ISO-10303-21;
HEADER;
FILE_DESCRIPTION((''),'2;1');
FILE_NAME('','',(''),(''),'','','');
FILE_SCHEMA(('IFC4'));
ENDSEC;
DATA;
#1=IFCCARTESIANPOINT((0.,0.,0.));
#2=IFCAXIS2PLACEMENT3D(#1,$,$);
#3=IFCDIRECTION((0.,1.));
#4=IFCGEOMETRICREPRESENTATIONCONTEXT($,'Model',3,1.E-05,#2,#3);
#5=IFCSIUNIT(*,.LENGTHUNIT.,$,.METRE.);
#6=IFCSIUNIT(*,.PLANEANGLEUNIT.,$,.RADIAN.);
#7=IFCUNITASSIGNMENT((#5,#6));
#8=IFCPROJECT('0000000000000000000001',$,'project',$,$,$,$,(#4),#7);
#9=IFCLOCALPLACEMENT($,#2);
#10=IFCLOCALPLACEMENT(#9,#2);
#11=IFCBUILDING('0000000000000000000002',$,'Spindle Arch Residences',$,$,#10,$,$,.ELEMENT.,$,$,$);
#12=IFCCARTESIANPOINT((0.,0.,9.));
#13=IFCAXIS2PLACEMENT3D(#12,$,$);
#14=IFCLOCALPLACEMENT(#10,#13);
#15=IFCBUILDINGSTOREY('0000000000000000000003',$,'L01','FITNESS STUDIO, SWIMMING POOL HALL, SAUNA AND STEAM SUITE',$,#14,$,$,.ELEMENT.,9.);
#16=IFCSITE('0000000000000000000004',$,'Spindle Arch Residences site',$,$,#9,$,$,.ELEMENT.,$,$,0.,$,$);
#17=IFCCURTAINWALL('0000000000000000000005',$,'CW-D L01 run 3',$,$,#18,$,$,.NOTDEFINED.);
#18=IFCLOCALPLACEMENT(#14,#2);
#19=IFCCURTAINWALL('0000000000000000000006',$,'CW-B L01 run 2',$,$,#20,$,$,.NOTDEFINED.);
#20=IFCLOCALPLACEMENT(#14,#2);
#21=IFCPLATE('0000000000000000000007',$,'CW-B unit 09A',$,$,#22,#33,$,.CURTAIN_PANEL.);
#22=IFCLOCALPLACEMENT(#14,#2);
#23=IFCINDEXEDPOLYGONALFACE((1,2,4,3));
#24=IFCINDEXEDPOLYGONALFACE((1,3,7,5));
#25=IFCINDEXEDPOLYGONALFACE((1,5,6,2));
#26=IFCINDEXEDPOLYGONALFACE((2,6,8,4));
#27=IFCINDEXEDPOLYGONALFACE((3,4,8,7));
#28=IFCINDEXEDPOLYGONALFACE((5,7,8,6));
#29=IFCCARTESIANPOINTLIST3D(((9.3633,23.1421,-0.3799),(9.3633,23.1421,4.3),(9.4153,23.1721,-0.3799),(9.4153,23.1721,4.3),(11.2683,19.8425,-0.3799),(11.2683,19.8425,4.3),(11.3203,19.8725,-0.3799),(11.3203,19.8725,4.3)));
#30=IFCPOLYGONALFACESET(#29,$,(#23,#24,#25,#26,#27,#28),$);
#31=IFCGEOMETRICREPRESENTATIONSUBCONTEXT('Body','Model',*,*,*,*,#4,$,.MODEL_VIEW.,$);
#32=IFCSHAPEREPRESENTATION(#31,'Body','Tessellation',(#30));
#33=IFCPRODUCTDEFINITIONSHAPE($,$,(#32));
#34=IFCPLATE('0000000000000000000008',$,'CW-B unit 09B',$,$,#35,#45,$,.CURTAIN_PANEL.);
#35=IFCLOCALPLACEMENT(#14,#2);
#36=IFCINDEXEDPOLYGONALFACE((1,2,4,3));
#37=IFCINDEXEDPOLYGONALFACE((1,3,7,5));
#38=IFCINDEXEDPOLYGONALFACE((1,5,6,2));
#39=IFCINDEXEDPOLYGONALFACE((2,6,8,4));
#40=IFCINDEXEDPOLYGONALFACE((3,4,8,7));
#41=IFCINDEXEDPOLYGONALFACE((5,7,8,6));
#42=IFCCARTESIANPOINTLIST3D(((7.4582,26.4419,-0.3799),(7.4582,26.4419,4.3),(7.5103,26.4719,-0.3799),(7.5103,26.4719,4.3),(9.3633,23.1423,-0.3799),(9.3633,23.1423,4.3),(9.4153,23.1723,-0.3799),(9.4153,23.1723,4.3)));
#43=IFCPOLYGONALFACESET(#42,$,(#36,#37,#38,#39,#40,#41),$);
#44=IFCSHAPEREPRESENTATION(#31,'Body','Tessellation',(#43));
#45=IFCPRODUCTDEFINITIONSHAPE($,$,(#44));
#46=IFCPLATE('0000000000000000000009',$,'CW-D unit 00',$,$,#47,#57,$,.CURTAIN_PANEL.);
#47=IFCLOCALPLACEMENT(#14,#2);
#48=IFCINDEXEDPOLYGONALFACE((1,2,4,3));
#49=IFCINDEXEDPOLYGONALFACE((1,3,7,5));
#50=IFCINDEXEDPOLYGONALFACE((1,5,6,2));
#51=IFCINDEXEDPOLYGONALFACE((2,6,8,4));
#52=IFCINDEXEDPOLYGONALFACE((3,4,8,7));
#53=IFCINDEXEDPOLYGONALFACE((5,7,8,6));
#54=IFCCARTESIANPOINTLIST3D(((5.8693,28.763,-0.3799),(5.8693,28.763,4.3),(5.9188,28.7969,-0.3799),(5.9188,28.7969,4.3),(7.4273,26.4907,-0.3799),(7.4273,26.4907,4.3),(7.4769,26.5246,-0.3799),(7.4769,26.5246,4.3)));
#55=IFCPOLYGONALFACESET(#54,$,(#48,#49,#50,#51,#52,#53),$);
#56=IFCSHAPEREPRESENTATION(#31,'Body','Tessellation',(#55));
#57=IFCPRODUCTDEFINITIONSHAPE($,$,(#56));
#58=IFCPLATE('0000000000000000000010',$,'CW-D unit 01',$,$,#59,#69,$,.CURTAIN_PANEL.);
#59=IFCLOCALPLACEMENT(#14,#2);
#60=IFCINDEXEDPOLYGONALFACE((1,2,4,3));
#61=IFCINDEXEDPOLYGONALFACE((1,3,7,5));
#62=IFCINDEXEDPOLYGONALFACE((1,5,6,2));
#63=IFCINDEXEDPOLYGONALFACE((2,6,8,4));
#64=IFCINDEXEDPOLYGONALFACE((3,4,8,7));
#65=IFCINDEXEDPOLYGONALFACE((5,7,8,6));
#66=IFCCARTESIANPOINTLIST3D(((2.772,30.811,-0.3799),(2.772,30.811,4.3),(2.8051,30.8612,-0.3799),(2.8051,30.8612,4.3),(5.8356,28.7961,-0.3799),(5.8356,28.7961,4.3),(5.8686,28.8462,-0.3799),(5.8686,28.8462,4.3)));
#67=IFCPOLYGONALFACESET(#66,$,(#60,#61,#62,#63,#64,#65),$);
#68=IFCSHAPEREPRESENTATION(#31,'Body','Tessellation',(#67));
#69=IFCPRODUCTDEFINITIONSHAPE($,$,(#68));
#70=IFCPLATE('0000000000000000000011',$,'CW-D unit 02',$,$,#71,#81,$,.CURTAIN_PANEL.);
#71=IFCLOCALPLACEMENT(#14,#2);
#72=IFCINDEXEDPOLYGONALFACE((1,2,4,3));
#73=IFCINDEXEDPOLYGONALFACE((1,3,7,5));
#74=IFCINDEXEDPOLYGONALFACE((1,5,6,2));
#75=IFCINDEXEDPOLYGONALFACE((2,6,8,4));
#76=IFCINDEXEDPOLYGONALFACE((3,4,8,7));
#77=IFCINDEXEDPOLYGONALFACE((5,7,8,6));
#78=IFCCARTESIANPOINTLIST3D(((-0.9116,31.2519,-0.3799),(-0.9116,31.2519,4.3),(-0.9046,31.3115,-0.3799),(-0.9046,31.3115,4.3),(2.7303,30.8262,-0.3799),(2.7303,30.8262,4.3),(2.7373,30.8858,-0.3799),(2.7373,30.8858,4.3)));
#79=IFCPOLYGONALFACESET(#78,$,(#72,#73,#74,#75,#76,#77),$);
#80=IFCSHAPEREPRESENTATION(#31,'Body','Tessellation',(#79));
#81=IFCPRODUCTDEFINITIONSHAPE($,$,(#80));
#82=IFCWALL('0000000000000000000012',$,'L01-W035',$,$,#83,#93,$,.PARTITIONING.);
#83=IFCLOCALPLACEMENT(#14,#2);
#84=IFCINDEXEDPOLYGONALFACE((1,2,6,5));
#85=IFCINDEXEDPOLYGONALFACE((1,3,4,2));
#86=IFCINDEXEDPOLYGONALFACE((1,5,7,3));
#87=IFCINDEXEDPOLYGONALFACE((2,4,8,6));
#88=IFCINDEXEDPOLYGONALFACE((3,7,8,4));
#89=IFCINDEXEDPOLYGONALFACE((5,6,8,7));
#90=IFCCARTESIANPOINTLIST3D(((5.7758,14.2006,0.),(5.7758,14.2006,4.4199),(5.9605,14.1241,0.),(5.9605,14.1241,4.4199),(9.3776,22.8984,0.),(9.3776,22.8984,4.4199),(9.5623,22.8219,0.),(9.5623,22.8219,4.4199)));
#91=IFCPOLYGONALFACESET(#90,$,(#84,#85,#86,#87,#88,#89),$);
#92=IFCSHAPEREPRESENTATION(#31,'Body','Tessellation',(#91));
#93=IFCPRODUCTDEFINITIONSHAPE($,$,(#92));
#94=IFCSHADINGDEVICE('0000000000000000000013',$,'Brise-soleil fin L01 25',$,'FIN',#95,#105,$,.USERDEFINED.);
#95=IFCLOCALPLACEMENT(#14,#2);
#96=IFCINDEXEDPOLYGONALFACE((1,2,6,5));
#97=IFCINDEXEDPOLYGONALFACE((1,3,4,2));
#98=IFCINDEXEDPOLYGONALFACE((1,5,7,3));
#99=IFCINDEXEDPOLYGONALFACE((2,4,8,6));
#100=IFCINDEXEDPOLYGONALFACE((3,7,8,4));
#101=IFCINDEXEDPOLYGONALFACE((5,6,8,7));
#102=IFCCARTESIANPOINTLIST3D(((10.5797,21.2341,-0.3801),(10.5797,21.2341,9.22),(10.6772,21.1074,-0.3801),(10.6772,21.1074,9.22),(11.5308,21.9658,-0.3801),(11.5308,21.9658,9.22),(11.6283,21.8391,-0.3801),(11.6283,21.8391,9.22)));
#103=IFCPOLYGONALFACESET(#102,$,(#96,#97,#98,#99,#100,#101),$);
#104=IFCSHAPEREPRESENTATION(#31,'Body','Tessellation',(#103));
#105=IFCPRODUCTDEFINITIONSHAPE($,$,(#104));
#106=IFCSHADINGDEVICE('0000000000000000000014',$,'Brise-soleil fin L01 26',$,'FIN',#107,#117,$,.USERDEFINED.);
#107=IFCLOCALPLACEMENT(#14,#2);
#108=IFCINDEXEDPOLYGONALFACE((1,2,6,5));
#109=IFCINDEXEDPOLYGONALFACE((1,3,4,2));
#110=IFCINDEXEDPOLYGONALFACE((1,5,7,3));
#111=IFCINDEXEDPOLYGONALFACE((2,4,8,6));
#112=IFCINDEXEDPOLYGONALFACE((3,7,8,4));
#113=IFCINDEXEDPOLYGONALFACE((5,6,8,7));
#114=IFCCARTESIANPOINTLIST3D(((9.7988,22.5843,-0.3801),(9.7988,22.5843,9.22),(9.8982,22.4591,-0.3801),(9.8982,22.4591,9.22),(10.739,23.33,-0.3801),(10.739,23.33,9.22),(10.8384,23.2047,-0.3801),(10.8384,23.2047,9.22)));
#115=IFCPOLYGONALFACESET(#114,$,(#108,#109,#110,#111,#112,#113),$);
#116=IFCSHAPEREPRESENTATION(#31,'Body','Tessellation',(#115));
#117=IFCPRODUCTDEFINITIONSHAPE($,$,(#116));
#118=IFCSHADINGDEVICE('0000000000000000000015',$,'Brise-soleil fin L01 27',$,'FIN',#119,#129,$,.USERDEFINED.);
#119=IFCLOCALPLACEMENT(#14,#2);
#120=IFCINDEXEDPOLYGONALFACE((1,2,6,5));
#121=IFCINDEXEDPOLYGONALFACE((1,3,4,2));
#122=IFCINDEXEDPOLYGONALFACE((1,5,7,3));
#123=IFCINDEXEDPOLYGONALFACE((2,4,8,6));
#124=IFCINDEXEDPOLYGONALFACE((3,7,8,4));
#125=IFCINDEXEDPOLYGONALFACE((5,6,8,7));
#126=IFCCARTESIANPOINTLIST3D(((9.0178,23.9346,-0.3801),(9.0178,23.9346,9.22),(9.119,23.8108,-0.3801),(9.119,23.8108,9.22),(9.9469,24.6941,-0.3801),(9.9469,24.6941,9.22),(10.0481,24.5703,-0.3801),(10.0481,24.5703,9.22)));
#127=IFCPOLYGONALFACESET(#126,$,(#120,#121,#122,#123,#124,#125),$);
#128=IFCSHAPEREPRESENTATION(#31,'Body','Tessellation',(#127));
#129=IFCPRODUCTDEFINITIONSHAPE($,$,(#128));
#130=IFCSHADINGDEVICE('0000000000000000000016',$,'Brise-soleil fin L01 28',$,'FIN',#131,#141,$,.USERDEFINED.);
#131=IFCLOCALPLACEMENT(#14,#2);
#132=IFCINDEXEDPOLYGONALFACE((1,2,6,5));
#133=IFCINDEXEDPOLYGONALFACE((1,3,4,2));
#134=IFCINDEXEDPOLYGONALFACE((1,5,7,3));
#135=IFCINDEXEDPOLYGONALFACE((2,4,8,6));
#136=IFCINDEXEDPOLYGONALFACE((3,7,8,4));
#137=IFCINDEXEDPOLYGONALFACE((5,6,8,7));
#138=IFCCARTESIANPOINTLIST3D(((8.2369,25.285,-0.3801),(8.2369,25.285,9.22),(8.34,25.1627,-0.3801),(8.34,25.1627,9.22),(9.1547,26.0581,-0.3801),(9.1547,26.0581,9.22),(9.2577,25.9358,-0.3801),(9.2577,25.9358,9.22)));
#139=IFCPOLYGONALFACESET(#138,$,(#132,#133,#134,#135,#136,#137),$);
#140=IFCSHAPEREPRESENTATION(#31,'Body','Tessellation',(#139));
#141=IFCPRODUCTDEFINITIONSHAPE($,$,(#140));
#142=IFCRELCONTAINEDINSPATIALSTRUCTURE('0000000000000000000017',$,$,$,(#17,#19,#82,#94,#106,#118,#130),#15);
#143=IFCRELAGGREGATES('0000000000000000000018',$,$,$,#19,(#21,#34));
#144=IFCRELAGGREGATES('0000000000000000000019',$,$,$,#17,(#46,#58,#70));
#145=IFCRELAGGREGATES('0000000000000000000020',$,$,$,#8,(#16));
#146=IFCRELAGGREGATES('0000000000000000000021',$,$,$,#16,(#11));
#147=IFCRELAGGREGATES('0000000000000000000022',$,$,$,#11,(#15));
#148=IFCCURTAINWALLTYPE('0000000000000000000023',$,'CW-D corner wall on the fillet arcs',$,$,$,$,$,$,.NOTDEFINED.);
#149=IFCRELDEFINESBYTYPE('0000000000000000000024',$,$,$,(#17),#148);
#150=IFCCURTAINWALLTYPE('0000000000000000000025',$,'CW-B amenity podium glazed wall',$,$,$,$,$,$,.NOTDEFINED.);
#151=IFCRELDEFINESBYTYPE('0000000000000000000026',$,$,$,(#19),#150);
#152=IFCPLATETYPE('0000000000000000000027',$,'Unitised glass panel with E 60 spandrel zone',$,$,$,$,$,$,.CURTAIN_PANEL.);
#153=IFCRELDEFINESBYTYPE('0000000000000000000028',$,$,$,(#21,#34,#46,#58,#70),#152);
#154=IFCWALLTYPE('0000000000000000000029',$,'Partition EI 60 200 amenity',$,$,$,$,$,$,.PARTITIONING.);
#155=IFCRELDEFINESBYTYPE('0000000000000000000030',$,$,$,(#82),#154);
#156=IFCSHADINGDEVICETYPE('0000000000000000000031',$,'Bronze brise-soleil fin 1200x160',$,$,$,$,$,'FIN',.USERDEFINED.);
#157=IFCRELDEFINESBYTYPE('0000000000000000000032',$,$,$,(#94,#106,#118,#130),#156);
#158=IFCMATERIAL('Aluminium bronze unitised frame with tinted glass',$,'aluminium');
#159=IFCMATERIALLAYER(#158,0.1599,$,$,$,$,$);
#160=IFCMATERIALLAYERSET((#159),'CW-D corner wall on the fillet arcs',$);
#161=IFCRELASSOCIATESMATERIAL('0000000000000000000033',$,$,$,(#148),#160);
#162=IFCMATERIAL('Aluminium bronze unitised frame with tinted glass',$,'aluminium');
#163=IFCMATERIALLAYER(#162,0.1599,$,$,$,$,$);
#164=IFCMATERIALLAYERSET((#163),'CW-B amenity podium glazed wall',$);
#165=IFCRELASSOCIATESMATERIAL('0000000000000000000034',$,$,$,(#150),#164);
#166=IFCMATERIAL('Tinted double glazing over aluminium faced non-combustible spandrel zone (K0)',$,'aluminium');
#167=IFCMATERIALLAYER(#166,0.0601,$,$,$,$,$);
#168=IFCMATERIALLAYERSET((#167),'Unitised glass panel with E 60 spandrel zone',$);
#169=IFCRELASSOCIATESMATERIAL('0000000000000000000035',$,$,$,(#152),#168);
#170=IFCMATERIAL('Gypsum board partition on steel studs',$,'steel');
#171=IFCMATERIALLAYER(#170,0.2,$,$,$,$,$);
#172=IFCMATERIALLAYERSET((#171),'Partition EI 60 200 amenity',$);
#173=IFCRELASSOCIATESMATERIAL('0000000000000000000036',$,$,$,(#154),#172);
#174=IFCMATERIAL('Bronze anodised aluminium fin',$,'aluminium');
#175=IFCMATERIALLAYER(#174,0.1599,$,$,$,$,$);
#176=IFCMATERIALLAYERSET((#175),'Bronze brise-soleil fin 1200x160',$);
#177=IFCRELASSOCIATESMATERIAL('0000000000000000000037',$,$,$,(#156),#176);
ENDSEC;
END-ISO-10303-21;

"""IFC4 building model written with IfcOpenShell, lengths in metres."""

from ifc_helpers import new_model, si_unit, direction, frame, frame_2d, origin, origin_2d, place, context, subcontext, project, spatial, rectangle, extrude, material, layer, layer_set, type_object, element, aggregate, save


model = new_model("IFC4")

# Units and contexts
model_context = context("Model", 3, precision=1e-05, world=origin(), true_north=direction((0.0, 1.0)))
body_context = subcontext(model_context, "Body", "Model", "MODEL_VIEW")
ifc_project = project(units=[si_unit("LENGTHUNIT", "METRE"), si_unit("PLANEANGLEUNIT", "RADIAN")], contexts=[model_context])

# Site, building, storey
site_placement = place(None, origin())
site = spatial("IfcSite", under=ifc_project, at=site_placement, Name="Spindle Arch Residences site", CompositionType="ELEMENT", RefElevation=0.0)
building_placement = place(site_placement, origin())
building = spatial("IfcBuilding", under=site, at=building_placement, Name="Spindle Arch Residences", CompositionType="ELEMENT")
storey_placement = place(building_placement, frame((0.0, 0.0, 9.0)))
storey = spatial("IfcBuildingStorey", under=building, at=storey_placement, Name="L01", Description="FITNESS STUDIO, SWIMMING POOL HALL, SAUNA AND STEAM SUITE", CompositionType="ELEMENT", Elevation=9.0)

# Curtain wall
ifc_material_1 = material(Name="Aluminium bronze unitised frame with tinted glass", Category="aluminium")
ifc_layer_1 = layer(ifc_material_1, 0.1599)
ifc_layer_set_1 = layer_set([ifc_layer_1], Name="CW-D corner wall on the fillet arcs")
curtain_wall_type_1 = type_object("IfcCurtainWallType", Name="CW-D corner wall on the fillet arcs", PredefinedType="NOTDEFINED", material=ifc_layer_set_1)
curtain_wall_1_placement = place(storey_placement, origin())
curtain_wall_1 = element("IfcCurtainWall", 1, at=curtain_wall_1_placement, inside=storey, type_object=curtain_wall_type_1, Name="CW-D L01 run 3", PredefinedType="NOTDEFINED")

# Curtain wall, plates
ifc_material_2 = material(Name="Aluminium bronze unitised frame with tinted glass", Category="aluminium")
ifc_layer_2 = layer(ifc_material_2, 0.1599)
ifc_layer_set_2 = layer_set([ifc_layer_2], Name="CW-B amenity podium glazed wall")
curtain_wall_type_2 = type_object("IfcCurtainWallType", Name="CW-B amenity podium glazed wall", PredefinedType="NOTDEFINED", material=ifc_layer_set_2)
curtain_wall_2_placement = place(storey_placement, origin())
curtain_wall_2 = element("IfcCurtainWall", 2, at=curtain_wall_2_placement, inside=storey, type_object=curtain_wall_type_2, Name="CW-B L01 run 2", PredefinedType="NOTDEFINED")
ifc_material_3 = material(Name="Tinted double glazing over aluminium faced non-combustible spandrel zone (K0)", Category="aluminium")
ifc_layer_3 = layer(ifc_material_3, 0.0601)
ifc_layer_set_3 = layer_set([ifc_layer_3], Name="Unitised glass panel with E 60 spandrel zone")
plate_type = type_object("IfcPlateType", Name="Unitised glass panel with E 60 spandrel zone", PredefinedType="CURTAIN_PANEL", material=ifc_layer_set_3)
plate_1_placement = place(storey_placement, frame((10.3418, 21.5073, -0.3799), z_axis=(0.0, 0.0, 1.0), x_axis=(-0.5, 0.866025, 0.0)))
plate_1 = element("IfcPlate", 3, at=plate_1_placement, type_object=plate_type, Name="CW-B unit 09A", PredefinedType="CURTAIN_PANEL", context=body_context, shape_type="SweptSolid", body=[
    extrude(rectangle(XDim=3.8101, YDim=0.0601, at=origin_2d()), origin(), (0.0, 0.0, 1.0), 4.6799),
])
plate_2_placement = place(storey_placement, frame((8.4368, 24.8071, -0.3799), z_axis=(0.0, 0.0, 1.0), x_axis=(-0.5, 0.866025, 0.0)))
plate_2 = element("IfcPlate", 4, at=plate_2_placement, type_object=plate_type, Name="CW-B unit 09B", PredefinedType="CURTAIN_PANEL", context=body_context, shape_type="SweptSolid", body=[
    extrude(rectangle(XDim=3.8101, YDim=0.0601, at=origin_2d()), origin(), (0.0, 0.0, 1.0), 4.6799),
])
aggregate(curtain_wall_2, [plate_1, plate_2])

# Plates
plate_3_placement = place(storey_placement, frame((6.6731, 27.6438, -0.3799), z_axis=(0.0, 0.0, 1.0), x_axis=(-0.565501, 0.824748, 0.0)))
plate_3 = element("IfcPlate", 5, at=plate_3_placement, type_object=plate_type, Name="CW-D unit 00", PredefinedType="CURTAIN_PANEL", context=body_context, shape_type="SweptSolid", body=[
    extrude(rectangle(XDim=2.7551, YDim=0.0601, at=origin_2d()), origin(), (0.0, 0.0, 1.0), 4.6799),
])
plate_4_placement = place(storey_placement, frame((4.3203, 29.8286, -0.3799), z_axis=(0.0, 0.0, 1.0), x_axis=(-0.835488, 0.549509, 0.0)))
plate_4 = element("IfcPlate", 6, at=plate_4_placement, type_object=plate_type, Name="CW-D unit 01", PredefinedType="CURTAIN_PANEL", context=body_context, shape_type="SweptSolid", body=[
    extrude(rectangle(XDim=3.6667, YDim=0.0601, at=origin_2d()), origin(), (0.0, 0.0, 1.0), 4.6799),
])
plate_5_placement = place(storey_placement, frame((0.9128, 31.0688, -0.3799), z_axis=(0.0, 0.0, 1.0), x_axis=(-0.993238, 0.116093, 0.0)))
plate_5 = element("IfcPlate", 7, at=plate_5_placement, type_object=plate_type, Name="CW-D unit 02", PredefinedType="CURTAIN_PANEL", context=body_context, shape_type="SweptSolid", body=[
    extrude(rectangle(XDim=3.6667, YDim=0.0601, at=origin_2d()), origin(), (0.0, 0.0, 1.0), 4.6799),
])
aggregate(curtain_wall_1, [plate_3, plate_4, plate_5])

# Wall
ifc_material_4 = material(Name="Gypsum board partition on steel studs", Category="steel")
ifc_layer_4 = layer(ifc_material_4, 0.2)
ifc_layer_set_4 = layer_set([ifc_layer_4], Name="Partition EI 60 200 amenity")
wall_type = type_object("IfcWallType", Name="Partition EI 60 200 amenity", PredefinedType="PARTITIONING", material=ifc_layer_set_4)
wall_placement = place(storey_placement, frame((9.47, 22.8601, 0.0), z_axis=(0.0, 0.0, 1.0), x_axis=(-0.3826, -0.923914, 0.0)))
element("IfcWall", 8, at=wall_placement, inside=storey, type_object=wall_type, Name="L01-W035", PredefinedType="PARTITIONING", context=body_context, shape_type="SweptSolid", body=[
    extrude(rectangle(XDim=9.4141, YDim=0.2, at=frame_2d((4.707, 0.0))), origin(), (0.0, 0.0, 1.0), 4.4199),
])

# Shading devices
ifc_material_5 = material(Name="Bronze anodised aluminium fin", Category="aluminium")
ifc_layer_5 = layer(ifc_material_5, 0.1599)
ifc_layer_set_5 = layer_set([ifc_layer_5], Name="Bronze brise-soleil fin 1200x160")
shading_device_type = type_object("IfcShadingDeviceType", Name="Bronze brise-soleil fin 1200x160", ElementType="FIN", PredefinedType="USERDEFINED", material=ifc_layer_set_5)
for number, where, z_axis, x_axis, name in (
    (9, (11.104, 21.5366, -0.3801), (0.0, 0.0, 1.0), (0.792583, 0.609764, 0.0), "Brise-soleil fin L01 25"),
    (10, (10.3186, 22.8945, -0.3801), (0.0, 0.0, 1.0), (0.78349, 0.621404, 0.0), "Brise-soleil fin L01 26"),
    (11, (9.533, 24.2524, -0.3801), (0.0, 0.0, 1.0), (0.774226, 0.632909, 0.0), "Brise-soleil fin L01 27"),
    (12, (8.7473, 25.6104, -0.3801), (0.0, 0.0, 1.0), (0.764793, 0.644276, 0.0), "Brise-soleil fin L01 28"),
):
    element("IfcShadingDevice", number, at=place(storey_placement, frame(where, z_axis=z_axis, x_axis=x_axis)), inside=storey, type_object=shading_device_type, Name=name, ObjectType="FIN", PredefinedType="USERDEFINED", context=body_context, shape_type="SweptSolid", body=[
        extrude(rectangle(XDim=1.2, YDim=0.1599, at=origin_2d()), origin(), (0.0, 0.0, 1.0), 9.6001),
    ])

save(model, "model.ifc")
